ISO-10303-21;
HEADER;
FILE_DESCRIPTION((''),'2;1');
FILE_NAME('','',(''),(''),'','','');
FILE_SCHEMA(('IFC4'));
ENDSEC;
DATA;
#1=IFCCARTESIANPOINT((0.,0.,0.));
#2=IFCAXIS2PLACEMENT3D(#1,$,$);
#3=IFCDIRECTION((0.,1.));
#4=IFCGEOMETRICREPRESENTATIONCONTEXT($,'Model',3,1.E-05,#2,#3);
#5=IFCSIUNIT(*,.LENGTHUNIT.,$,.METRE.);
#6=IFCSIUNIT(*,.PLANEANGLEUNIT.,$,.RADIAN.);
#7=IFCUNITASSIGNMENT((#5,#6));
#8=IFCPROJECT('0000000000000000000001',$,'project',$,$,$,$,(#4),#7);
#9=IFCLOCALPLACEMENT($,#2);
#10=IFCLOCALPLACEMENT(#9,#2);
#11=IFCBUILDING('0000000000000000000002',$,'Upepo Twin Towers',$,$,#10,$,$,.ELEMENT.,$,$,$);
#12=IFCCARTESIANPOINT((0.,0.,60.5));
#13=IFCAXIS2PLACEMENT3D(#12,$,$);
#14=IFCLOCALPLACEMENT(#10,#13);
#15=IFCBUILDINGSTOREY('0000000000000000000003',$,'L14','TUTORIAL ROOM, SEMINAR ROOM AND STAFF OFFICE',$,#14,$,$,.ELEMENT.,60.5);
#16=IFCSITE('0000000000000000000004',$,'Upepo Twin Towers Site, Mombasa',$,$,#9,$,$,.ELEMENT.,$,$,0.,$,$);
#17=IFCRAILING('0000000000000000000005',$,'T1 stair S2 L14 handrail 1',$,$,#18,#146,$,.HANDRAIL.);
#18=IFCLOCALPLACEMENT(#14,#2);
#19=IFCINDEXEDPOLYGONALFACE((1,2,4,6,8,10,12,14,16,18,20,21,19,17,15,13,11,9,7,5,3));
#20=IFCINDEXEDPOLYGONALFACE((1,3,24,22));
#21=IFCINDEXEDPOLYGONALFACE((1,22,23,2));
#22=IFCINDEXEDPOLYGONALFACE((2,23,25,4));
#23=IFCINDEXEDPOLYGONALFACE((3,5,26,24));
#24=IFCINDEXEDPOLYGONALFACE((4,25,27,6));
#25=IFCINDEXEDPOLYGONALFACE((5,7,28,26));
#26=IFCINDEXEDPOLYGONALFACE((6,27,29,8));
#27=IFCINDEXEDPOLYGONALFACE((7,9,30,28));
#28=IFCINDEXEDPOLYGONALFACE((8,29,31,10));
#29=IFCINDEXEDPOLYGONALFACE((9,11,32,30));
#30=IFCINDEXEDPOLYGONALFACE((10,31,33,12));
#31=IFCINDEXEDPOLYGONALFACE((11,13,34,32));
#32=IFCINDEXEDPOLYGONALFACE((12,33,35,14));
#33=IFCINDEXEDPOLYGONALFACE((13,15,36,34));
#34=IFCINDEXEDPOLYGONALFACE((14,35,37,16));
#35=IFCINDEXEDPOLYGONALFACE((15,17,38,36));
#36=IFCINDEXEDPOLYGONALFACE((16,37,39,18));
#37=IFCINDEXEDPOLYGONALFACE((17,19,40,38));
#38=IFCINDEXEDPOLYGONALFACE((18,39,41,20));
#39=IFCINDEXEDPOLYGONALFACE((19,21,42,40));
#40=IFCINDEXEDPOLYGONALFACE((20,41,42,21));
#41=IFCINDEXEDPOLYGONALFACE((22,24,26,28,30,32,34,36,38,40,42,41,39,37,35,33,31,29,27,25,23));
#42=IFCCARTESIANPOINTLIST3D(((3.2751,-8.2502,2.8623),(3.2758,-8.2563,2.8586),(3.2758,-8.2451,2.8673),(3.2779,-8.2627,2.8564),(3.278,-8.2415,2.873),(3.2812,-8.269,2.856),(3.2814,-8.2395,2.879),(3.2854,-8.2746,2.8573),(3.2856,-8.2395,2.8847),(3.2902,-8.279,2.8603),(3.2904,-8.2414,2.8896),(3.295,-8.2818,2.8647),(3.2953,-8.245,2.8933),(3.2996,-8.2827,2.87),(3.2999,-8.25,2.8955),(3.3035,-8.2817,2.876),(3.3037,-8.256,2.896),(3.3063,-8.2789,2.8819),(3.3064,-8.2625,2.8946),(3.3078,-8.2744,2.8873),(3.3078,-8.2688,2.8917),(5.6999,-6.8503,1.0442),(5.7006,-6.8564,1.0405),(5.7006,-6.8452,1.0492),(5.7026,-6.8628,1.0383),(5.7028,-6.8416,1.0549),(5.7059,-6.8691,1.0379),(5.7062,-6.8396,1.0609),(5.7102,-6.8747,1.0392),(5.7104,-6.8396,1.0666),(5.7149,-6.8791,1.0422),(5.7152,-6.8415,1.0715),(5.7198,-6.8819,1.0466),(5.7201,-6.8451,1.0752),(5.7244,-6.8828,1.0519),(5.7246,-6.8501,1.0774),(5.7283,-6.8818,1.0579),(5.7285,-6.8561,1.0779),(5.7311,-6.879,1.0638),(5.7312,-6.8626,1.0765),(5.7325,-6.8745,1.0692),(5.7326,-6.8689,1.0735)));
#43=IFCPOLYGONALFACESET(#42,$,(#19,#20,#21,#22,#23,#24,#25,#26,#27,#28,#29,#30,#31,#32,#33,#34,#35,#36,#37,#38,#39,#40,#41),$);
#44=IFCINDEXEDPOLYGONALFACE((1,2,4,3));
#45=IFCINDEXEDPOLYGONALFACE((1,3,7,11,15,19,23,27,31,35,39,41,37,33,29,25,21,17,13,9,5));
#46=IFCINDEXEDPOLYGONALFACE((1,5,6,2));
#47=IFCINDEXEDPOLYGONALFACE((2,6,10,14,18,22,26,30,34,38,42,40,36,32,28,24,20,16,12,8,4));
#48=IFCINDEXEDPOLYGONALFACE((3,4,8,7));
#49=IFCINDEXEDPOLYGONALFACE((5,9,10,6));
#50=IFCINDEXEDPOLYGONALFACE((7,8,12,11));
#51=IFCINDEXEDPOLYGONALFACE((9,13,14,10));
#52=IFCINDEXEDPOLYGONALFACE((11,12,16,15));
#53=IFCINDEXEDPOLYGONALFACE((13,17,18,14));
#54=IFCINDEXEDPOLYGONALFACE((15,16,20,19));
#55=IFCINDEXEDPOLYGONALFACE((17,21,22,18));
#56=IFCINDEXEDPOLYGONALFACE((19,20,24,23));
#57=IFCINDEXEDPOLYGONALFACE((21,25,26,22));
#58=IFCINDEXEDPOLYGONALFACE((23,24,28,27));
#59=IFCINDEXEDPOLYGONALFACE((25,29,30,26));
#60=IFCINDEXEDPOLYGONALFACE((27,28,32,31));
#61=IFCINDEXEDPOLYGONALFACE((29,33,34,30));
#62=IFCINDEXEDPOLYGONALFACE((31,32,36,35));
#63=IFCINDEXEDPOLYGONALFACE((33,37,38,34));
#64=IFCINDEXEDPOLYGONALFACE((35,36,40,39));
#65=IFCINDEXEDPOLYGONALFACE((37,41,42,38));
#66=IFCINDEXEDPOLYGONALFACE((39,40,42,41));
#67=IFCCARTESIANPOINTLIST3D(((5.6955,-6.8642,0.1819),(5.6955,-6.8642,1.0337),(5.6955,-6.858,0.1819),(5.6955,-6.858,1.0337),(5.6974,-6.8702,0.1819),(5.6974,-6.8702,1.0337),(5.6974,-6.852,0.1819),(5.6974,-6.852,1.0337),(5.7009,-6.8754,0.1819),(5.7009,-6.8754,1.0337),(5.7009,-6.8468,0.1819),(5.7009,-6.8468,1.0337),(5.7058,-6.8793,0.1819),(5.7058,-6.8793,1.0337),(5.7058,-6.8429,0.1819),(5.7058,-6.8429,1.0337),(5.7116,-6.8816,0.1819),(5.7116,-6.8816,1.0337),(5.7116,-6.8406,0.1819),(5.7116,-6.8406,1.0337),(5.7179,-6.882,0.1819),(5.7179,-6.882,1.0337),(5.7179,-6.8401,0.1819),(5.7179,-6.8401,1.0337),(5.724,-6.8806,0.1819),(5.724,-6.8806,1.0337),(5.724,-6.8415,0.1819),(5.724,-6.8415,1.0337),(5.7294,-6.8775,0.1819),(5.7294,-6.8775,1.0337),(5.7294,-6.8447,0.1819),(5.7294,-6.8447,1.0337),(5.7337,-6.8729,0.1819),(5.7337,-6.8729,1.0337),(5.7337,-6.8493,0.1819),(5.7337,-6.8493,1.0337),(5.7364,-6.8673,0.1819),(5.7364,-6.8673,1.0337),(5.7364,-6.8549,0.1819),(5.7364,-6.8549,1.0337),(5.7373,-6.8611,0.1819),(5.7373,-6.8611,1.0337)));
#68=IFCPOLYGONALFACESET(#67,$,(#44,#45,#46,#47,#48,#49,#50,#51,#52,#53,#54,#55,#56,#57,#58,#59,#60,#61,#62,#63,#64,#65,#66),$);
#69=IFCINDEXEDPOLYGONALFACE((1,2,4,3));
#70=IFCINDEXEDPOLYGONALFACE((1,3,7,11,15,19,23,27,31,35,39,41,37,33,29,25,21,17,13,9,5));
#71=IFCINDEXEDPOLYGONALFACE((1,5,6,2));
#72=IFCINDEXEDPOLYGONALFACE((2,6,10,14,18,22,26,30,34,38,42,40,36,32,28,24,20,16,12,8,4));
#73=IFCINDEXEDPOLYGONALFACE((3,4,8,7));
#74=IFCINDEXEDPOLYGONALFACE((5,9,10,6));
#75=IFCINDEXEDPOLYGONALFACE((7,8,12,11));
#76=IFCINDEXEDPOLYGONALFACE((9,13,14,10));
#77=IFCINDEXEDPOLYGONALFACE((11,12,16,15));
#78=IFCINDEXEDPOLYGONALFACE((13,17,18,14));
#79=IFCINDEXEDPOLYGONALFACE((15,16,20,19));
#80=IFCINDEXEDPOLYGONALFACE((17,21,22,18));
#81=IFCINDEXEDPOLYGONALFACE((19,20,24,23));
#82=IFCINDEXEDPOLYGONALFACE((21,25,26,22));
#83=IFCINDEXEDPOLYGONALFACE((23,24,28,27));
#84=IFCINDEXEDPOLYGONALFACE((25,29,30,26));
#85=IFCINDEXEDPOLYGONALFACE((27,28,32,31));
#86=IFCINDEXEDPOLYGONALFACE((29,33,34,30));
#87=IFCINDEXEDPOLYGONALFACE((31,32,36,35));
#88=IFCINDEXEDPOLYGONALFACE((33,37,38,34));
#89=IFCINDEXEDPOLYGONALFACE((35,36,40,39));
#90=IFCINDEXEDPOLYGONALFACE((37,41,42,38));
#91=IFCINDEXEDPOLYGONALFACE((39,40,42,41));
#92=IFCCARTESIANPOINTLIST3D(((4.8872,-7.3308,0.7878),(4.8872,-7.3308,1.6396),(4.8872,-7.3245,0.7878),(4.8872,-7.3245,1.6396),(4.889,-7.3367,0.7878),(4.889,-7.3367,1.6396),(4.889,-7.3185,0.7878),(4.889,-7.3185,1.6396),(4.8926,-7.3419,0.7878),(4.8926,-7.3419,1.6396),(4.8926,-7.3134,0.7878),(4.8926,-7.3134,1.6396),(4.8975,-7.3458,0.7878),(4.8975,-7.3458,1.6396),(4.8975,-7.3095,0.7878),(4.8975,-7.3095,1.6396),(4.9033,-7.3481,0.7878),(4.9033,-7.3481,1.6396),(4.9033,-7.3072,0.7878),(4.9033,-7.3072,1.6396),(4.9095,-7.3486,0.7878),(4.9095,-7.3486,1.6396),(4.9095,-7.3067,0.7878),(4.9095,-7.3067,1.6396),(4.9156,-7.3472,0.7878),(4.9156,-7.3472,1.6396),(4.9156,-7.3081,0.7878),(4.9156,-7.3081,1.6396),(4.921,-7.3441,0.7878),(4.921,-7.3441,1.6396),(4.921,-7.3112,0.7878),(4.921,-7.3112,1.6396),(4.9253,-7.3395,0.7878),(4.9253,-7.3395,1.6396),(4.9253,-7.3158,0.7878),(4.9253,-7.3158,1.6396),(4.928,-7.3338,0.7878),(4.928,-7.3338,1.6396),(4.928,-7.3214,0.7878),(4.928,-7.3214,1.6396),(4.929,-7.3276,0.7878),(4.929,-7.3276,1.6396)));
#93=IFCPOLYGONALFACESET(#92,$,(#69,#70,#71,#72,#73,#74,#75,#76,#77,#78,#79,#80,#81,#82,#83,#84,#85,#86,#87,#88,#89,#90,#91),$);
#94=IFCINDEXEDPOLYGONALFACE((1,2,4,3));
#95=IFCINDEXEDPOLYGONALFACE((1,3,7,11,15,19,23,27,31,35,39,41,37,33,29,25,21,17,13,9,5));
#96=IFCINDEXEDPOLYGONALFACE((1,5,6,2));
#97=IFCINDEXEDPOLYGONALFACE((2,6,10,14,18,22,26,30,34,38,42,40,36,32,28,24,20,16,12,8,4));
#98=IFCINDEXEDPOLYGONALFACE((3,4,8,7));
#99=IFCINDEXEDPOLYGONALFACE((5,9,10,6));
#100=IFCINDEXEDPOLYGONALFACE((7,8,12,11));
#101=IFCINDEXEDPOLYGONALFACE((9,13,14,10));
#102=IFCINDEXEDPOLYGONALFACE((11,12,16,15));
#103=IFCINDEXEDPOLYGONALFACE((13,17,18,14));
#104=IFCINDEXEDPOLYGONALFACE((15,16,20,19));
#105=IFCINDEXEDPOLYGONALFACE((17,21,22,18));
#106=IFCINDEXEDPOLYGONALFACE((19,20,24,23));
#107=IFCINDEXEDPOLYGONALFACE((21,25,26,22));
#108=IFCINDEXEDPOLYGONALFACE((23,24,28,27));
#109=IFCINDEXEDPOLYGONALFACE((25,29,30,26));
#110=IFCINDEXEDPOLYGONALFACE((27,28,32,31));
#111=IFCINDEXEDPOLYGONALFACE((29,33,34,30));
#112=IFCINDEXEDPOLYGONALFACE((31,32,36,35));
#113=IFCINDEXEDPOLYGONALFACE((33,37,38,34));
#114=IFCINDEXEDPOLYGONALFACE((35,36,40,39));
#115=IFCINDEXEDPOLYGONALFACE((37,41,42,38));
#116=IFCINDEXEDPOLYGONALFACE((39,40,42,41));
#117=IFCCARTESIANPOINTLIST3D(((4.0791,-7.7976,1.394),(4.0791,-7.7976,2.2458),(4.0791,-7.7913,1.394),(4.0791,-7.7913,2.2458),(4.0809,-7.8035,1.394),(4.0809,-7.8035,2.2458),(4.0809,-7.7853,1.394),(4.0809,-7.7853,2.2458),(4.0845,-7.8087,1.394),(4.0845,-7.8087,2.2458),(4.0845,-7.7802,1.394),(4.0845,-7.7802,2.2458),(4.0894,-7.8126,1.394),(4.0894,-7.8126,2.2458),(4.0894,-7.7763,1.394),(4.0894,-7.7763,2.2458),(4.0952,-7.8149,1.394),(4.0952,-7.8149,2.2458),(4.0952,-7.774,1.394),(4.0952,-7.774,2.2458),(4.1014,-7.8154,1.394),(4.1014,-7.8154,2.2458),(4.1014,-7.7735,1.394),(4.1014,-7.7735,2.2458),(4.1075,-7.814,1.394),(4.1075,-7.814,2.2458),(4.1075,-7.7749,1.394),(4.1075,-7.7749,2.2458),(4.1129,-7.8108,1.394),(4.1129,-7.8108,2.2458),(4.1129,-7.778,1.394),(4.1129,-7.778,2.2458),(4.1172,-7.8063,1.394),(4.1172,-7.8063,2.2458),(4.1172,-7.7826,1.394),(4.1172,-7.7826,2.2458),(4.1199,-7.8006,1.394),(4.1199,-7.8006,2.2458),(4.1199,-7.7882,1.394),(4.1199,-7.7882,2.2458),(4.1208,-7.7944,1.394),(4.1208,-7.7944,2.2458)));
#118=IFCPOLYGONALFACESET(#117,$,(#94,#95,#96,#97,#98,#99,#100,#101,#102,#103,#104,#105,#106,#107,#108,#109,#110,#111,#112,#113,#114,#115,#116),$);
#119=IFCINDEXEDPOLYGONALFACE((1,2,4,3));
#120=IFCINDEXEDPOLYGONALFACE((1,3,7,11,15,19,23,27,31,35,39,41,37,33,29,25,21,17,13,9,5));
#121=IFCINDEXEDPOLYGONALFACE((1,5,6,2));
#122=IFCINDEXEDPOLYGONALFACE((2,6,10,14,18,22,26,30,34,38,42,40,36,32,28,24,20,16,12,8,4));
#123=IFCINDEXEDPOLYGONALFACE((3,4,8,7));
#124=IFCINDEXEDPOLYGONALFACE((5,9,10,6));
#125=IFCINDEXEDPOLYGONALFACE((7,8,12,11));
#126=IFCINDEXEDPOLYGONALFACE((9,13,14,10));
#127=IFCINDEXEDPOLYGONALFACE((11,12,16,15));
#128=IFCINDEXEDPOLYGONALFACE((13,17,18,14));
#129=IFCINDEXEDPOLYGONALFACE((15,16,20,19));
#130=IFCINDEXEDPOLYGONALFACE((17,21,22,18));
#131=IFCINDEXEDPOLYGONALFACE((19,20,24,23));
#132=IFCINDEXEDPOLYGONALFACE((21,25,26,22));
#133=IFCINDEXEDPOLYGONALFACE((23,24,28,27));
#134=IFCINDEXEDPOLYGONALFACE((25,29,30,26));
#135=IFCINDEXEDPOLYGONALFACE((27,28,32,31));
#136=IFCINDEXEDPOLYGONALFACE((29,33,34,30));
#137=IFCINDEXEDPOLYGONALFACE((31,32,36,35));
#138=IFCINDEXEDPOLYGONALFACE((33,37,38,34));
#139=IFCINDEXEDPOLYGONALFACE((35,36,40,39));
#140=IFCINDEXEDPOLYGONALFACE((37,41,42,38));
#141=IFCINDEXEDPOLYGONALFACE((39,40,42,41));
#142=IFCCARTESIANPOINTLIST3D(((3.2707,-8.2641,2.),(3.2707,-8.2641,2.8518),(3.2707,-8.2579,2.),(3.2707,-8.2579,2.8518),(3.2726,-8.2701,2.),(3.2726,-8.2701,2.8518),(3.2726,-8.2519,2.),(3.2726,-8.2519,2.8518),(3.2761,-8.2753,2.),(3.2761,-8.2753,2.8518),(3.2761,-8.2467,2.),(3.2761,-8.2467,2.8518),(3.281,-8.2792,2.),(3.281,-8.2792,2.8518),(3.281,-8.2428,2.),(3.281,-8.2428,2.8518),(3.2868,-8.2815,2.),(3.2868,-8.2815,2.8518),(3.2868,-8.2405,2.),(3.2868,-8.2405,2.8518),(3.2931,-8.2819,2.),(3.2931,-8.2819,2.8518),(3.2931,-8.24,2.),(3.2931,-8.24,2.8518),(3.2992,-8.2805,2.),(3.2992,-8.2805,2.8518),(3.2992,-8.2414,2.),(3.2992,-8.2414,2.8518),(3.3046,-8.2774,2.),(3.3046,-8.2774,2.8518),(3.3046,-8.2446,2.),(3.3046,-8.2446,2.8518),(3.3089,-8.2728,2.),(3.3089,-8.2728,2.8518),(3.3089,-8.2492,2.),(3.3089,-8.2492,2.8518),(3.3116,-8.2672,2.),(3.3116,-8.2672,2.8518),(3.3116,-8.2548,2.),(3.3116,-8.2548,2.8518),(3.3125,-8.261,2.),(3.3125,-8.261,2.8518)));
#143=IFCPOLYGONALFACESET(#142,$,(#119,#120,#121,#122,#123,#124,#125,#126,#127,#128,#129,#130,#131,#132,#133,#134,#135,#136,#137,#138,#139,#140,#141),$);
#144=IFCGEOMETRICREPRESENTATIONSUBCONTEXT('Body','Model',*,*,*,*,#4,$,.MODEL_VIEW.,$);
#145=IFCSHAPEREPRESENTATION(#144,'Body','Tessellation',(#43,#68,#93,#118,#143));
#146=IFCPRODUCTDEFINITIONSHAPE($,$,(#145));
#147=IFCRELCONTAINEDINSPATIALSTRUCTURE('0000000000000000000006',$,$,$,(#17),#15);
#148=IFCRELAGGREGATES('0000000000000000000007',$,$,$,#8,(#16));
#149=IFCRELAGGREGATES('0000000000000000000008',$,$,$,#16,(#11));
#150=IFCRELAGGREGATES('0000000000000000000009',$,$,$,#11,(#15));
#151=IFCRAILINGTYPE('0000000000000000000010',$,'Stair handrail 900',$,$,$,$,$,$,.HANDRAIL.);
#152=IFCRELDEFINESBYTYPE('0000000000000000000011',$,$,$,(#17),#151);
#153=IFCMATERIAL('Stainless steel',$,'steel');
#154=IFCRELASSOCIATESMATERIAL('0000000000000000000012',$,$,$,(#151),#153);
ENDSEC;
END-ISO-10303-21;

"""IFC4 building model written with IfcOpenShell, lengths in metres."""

from ifc_helpers import new_model, si_unit, direction, frame, origin, origin_2d, place, context, subcontext, project, spatial, circle, extrude, material, type_object, element, save


model = new_model("IFC4")

# Units and contexts
model_context = context("Model", 3, precision=1e-05, world=origin(), true_north=direction((0.0, 1.0)))
body_context = subcontext(model_context, "Body", "Model", "MODEL_VIEW")
ifc_project = project(units=[si_unit("LENGTHUNIT", "METRE"), si_unit("PLANEANGLEUNIT", "RADIAN")], contexts=[model_context])

# Site, building, storey
site_placement = place(None, origin())
site = spatial("IfcSite", under=ifc_project, at=site_placement, Name="Upepo Twin Towers Site, Mombasa", CompositionType="ELEMENT", RefElevation=0.0)
building_placement = place(site_placement, origin())
building = spatial("IfcBuilding", under=site, at=building_placement, Name="Upepo Twin Towers", CompositionType="ELEMENT")
storey_placement = place(building_placement, frame((0.0, 0.0, 60.5)))
storey = spatial("IfcBuildingStorey", under=building, at=storey_placement, Name="L14", Description="TUTORIAL ROOM, SEMINAR ROOM AND STAFF OFFICE", CompositionType="ELEMENT", Elevation=60.5)

# Railing
ifc_material_1 = material(Name="Stainless steel", Category="steel")
railing_type = type_object("IfcRailingType", Name="Stair handrail 900", PredefinedType="HANDRAIL", material=ifc_material_1)
railing_1_placement = place(storey_placement, frame((5.7163, -6.8611, 0.1819)))
element("IfcRailing", 1, at=railing_1_placement, inside=storey, type_object=railing_type, Name="T1 stair S2 L14 handrail 1", PredefinedType="HANDRAIL", context=body_context, shape_type="SweptSolid", body=[
    extrude(circle(Radius=0.0239, at=origin_2d()), frame((0.0, 0.0, 0.876), z_axis=(-0.726336, -0.419333, 0.544606), x_axis=(0.499984, -0.866035, 0.0)), (0.0, 0.0, 1.0), 3.3384),
    extrude(circle(Radius=0.021, at=origin_2d()), origin(), (0.0, 0.0, 1.0), 0.8518),
    extrude(circle(Radius=0.021, at=origin_2d()), frame((-0.8083, -0.4666, 0.606)), (0.0, 0.0, 1.0), 0.8518),
    extrude(circle(Radius=0.021, at=origin_2d()), frame((-1.6165, -0.9333, 1.2122)), (0.0, 0.0, 1.0), 0.8518),
    extrude(circle(Radius=0.021, at=origin_2d()), frame((-2.4248, -1.3999, 1.8181)), (0.0, 0.0, 1.0), 0.8518),
])

save(model, "model.ifc")
